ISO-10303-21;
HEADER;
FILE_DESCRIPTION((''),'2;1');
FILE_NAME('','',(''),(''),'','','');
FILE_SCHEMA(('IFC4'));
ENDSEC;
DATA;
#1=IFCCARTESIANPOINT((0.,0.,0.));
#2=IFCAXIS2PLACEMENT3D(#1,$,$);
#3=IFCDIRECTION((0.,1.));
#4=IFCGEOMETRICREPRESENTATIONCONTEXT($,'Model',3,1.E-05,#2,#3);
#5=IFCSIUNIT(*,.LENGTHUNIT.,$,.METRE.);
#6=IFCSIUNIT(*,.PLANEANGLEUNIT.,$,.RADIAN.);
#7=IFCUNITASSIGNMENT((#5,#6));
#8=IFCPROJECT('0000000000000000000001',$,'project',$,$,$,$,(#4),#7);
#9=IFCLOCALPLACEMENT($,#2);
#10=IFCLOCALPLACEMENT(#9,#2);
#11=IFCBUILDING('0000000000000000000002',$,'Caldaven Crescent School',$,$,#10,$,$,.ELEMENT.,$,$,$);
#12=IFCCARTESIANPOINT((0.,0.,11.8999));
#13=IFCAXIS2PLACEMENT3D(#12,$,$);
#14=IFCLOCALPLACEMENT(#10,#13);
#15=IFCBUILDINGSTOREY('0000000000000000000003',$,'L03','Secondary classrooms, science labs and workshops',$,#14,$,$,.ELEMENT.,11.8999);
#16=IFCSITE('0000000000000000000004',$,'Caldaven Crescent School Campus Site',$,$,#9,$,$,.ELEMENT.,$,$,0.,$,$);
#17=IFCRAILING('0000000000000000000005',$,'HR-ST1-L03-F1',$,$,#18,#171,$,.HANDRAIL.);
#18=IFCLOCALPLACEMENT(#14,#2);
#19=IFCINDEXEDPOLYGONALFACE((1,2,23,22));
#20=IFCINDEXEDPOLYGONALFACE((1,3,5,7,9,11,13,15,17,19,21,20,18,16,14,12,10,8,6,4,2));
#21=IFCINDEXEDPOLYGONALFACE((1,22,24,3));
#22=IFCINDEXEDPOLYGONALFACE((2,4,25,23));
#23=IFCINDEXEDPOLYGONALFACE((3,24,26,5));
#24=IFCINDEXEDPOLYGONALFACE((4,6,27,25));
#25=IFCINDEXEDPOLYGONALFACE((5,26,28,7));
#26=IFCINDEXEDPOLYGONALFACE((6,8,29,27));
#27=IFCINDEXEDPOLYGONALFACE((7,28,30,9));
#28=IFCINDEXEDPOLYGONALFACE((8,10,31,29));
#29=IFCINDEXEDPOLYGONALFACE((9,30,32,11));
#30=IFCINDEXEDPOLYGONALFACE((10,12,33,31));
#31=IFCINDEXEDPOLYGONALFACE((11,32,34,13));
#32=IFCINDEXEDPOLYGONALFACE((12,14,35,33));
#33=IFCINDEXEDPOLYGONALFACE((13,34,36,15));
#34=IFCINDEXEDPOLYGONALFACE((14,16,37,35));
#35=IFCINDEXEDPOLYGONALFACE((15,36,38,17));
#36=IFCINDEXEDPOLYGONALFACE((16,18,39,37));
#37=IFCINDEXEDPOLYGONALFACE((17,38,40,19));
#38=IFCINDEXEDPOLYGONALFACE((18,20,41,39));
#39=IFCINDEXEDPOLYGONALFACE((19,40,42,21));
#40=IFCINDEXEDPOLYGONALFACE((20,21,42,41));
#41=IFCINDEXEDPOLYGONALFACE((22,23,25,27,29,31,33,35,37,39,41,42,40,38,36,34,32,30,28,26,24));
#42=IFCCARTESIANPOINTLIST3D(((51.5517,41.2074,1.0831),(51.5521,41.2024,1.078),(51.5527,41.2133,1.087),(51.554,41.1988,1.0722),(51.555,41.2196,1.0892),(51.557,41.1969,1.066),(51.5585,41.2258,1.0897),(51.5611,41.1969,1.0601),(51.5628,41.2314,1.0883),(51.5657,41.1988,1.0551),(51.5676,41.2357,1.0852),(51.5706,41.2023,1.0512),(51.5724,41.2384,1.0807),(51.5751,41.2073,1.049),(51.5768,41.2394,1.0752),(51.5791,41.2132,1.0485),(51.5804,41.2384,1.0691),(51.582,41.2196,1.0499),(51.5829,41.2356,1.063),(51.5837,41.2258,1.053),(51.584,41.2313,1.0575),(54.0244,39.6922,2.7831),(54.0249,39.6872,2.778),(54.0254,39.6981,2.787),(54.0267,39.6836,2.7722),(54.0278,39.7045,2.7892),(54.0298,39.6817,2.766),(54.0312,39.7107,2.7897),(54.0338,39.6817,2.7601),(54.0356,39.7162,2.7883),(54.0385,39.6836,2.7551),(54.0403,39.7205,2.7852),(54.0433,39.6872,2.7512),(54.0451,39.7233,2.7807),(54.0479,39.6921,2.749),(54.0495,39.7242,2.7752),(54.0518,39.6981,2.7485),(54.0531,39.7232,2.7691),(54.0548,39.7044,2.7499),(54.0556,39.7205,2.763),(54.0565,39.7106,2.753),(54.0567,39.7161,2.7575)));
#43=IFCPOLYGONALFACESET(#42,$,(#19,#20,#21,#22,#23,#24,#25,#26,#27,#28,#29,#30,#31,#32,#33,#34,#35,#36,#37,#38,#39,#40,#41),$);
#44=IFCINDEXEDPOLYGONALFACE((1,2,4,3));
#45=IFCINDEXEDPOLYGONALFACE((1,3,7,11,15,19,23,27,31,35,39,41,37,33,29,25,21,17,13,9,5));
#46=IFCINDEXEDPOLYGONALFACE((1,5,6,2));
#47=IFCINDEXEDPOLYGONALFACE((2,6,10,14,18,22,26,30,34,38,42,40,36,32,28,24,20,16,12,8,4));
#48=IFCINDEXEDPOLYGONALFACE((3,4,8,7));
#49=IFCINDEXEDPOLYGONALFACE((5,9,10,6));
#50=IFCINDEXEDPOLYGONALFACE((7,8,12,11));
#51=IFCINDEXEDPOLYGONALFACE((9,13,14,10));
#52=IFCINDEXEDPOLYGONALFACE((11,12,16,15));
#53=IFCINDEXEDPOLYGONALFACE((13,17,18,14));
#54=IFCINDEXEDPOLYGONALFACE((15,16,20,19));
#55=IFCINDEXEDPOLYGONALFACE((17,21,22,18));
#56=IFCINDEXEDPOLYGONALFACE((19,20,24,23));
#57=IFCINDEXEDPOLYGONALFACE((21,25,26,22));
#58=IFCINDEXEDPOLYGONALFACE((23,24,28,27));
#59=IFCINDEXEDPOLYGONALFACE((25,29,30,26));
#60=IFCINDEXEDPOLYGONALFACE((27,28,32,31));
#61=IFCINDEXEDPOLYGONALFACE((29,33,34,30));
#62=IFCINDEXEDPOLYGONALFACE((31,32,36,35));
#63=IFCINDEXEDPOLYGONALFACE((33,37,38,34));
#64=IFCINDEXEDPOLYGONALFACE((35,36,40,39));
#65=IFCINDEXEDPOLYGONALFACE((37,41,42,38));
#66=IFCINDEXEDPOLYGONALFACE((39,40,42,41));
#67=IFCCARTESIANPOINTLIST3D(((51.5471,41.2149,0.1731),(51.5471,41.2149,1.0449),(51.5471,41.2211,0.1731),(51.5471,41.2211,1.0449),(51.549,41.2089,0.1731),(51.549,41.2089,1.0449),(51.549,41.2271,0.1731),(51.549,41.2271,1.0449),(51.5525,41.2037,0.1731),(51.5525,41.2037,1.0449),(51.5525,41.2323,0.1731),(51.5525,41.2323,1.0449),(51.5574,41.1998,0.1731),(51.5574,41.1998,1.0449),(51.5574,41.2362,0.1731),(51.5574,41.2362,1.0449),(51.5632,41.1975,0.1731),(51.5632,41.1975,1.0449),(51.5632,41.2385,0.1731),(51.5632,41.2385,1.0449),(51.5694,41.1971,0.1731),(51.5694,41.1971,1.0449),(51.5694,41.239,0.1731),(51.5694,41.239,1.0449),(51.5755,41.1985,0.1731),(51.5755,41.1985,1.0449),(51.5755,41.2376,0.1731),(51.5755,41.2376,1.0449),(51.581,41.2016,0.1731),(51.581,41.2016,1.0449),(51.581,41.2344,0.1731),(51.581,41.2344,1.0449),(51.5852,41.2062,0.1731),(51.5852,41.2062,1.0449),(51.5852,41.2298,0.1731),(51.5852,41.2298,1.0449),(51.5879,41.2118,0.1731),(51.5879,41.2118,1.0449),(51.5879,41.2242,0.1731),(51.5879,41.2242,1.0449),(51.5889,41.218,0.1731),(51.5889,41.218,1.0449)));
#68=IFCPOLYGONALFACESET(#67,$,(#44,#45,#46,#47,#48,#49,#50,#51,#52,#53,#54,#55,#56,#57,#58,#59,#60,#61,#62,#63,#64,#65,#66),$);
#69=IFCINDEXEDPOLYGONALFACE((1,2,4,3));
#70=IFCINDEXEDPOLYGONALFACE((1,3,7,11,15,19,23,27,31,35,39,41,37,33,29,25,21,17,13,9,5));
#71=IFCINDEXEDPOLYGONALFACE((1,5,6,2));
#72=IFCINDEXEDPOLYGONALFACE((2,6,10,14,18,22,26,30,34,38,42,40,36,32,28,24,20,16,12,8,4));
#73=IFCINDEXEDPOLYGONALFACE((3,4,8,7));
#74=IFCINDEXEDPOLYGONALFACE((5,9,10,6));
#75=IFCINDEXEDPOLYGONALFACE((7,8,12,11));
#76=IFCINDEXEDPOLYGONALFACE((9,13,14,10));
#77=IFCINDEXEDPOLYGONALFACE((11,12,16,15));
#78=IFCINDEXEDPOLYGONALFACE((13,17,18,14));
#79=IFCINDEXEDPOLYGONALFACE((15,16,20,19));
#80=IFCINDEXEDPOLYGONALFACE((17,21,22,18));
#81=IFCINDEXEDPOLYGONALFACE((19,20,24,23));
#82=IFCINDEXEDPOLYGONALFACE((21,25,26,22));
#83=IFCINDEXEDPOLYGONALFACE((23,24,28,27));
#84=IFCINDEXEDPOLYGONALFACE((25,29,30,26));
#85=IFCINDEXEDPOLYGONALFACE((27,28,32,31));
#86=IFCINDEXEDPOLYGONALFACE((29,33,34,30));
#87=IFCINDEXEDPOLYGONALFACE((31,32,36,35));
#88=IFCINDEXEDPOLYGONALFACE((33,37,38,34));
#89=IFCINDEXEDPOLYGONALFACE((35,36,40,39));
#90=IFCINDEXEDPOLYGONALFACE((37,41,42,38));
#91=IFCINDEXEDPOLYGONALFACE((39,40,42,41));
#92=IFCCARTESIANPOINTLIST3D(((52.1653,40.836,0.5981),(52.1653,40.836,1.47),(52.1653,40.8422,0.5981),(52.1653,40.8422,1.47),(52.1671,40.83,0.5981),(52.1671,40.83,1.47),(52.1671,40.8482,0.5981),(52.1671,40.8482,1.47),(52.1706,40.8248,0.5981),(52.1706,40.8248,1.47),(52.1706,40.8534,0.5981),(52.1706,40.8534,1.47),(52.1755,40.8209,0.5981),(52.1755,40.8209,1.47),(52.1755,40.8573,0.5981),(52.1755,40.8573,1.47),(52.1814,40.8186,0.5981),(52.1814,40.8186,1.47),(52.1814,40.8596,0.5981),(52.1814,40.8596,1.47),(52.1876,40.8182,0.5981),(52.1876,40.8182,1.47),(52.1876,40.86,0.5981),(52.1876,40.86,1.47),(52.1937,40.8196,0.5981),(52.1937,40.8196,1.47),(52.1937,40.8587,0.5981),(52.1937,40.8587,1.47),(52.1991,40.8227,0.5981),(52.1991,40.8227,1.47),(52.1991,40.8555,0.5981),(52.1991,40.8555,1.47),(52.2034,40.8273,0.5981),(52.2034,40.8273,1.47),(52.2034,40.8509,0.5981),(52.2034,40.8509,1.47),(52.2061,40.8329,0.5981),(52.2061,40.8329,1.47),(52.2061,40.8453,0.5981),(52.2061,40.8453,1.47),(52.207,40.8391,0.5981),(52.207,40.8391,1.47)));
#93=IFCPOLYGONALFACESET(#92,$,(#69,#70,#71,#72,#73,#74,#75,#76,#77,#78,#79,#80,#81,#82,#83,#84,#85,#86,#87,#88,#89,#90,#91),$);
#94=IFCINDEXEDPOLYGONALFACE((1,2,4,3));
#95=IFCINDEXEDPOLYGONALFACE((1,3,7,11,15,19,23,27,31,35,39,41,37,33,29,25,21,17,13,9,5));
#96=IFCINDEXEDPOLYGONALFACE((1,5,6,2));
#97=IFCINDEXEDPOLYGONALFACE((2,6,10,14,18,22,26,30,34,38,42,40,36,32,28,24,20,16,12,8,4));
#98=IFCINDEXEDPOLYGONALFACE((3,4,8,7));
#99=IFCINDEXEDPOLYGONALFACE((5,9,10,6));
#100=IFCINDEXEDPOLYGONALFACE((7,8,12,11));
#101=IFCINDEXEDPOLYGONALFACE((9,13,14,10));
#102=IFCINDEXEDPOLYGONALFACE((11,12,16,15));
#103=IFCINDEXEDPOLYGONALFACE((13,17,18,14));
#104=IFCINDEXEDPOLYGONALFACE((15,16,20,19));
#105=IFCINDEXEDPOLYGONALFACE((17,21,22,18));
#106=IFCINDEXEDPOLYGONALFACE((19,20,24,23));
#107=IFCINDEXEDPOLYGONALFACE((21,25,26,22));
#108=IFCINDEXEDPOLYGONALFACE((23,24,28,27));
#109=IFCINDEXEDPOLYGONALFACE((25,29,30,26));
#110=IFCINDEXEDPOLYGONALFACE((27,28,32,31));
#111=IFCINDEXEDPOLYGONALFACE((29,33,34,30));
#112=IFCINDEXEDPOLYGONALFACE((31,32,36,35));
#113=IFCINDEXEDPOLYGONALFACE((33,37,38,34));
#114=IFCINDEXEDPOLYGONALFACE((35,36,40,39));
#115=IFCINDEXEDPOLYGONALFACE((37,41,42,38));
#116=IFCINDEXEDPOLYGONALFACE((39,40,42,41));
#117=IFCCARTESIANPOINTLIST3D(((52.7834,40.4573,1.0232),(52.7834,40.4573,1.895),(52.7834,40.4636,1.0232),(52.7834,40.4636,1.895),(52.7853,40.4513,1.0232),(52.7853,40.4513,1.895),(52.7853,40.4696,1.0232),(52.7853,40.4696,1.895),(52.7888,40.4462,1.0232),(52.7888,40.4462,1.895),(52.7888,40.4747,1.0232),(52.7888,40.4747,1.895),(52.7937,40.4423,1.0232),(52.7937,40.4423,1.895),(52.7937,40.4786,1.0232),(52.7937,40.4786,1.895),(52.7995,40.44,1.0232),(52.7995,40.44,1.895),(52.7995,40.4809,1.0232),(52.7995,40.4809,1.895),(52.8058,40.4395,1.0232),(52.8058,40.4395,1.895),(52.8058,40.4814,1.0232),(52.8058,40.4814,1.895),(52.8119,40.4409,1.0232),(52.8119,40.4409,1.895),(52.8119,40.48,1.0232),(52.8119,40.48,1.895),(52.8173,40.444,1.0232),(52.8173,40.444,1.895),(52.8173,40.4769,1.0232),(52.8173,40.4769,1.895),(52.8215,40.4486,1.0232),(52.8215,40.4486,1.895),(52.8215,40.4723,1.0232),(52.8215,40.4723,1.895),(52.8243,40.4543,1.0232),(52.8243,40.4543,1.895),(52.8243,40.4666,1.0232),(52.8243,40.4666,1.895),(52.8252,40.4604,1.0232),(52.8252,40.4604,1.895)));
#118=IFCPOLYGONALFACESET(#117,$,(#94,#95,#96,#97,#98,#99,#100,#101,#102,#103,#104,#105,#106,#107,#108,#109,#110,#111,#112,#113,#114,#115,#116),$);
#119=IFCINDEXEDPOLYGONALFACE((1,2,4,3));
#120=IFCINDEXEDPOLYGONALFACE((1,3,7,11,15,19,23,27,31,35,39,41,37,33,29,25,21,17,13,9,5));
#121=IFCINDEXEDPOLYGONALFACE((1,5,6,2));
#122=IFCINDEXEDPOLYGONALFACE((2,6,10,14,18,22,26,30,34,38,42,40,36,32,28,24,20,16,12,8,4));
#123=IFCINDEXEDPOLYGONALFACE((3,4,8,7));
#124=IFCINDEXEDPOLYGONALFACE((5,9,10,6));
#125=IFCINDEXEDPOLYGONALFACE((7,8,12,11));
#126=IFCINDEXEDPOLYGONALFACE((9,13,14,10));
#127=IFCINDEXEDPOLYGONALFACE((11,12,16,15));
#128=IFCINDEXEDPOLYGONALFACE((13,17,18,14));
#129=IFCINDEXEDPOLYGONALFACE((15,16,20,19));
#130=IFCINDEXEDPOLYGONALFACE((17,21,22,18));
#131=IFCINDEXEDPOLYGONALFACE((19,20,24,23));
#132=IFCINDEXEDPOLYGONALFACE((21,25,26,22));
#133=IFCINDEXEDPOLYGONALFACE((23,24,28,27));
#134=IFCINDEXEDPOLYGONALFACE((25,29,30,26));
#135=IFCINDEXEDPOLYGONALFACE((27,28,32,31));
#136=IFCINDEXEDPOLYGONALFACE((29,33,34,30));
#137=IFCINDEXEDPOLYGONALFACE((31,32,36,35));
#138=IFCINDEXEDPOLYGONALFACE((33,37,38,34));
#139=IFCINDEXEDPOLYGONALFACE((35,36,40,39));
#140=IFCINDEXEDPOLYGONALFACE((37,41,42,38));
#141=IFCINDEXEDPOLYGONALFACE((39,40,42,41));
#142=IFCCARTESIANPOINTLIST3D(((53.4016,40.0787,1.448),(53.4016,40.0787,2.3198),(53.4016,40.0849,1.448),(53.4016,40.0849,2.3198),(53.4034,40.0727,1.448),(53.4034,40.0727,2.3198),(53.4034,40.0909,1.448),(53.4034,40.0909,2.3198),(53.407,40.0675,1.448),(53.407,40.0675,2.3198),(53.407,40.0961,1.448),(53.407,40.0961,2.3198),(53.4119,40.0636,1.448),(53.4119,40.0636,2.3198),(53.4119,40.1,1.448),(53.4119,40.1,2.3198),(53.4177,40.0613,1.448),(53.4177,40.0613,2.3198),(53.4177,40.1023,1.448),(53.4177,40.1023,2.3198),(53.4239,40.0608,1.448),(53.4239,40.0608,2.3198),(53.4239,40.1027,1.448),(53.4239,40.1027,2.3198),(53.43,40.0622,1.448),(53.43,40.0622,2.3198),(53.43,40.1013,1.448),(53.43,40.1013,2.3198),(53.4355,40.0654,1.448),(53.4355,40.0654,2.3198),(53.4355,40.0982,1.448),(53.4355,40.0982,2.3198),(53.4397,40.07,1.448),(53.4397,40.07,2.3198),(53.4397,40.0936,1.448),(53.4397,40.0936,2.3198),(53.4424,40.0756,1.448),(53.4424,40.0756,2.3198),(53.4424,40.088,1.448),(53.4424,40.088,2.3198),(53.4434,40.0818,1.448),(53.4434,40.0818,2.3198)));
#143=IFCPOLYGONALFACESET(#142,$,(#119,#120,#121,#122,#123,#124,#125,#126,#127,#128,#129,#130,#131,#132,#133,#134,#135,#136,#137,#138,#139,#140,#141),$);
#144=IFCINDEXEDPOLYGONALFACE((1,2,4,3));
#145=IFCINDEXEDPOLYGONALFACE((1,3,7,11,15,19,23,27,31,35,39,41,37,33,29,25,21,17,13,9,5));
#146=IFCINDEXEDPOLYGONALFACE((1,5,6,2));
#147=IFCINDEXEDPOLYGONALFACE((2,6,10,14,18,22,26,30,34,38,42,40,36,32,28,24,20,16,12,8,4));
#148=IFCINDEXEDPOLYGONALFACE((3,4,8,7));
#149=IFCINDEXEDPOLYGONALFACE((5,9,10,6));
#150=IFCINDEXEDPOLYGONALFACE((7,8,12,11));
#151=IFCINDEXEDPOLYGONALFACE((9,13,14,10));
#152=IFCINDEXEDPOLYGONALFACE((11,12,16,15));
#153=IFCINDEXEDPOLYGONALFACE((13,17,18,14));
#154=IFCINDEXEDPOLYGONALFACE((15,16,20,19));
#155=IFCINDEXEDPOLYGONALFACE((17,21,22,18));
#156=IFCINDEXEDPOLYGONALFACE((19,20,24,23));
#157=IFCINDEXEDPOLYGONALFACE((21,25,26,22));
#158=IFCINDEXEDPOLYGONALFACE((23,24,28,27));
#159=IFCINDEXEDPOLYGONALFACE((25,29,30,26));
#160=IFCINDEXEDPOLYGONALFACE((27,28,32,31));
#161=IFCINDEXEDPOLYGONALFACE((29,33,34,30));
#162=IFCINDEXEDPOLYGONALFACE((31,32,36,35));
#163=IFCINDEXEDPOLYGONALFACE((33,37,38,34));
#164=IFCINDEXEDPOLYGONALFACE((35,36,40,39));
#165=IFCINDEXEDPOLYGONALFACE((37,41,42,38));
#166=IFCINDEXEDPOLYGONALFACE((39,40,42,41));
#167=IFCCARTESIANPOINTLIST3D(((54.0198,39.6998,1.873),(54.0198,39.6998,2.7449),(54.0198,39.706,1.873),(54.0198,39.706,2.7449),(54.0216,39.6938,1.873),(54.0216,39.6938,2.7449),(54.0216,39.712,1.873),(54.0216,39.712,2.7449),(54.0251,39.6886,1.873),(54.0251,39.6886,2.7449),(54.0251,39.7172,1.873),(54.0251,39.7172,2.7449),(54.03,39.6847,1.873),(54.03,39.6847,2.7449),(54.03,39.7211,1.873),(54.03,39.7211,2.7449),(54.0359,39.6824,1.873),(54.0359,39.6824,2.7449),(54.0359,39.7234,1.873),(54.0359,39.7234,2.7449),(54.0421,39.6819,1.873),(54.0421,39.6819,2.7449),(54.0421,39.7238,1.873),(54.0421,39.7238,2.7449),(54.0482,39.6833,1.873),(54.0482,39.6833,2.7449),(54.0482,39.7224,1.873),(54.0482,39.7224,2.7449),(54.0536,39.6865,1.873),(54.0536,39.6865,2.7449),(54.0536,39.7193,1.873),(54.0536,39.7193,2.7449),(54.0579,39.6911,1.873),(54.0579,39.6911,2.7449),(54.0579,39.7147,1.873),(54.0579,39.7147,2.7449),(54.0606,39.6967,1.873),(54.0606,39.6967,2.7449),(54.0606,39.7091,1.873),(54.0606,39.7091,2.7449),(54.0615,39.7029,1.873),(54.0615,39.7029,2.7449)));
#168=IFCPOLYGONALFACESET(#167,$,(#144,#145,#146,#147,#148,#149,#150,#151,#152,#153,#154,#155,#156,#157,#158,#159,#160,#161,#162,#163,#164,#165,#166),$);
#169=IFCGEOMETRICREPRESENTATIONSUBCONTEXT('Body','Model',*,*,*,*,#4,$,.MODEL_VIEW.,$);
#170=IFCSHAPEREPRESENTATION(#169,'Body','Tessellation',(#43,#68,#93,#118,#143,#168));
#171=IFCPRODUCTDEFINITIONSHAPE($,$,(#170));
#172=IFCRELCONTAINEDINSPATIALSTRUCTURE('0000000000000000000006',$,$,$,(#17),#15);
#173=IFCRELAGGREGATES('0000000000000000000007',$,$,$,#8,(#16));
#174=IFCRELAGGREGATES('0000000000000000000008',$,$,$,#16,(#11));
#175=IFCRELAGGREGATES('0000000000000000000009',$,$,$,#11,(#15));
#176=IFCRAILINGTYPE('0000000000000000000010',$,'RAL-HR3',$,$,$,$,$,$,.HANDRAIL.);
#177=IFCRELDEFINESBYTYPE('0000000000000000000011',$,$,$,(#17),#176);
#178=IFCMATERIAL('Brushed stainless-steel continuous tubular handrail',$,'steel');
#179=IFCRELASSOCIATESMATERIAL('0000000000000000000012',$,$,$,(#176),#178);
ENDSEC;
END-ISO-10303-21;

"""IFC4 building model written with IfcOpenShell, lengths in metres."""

from ifc_helpers import new_model, si_unit, direction, frame, origin, origin_2d, place, context, subcontext, project, spatial, circle, extrude, material, type_object, element, save


model = new_model("IFC4")

# Units and contexts
model_context = context("Model", 3, precision=1e-05, world=origin(), true_north=direction((0.0, 1.0)))
body_context = subcontext(model_context, "Body", "Model", "MODEL_VIEW")
ifc_project = project(units=[si_unit("LENGTHUNIT", "METRE"), si_unit("PLANEANGLEUNIT", "RADIAN")], contexts=[model_context])

# Site, building, storey
site_placement = place(None, origin())
site = spatial("IfcSite", under=ifc_project, at=site_placement, Name="Caldaven Crescent School Campus Site", CompositionType="ELEMENT", RefElevation=0.0)
building_placement = place(site_placement, origin())
building = spatial("IfcBuilding", under=site, at=building_placement, Name="Caldaven Crescent School", CompositionType="ELEMENT")
storey_placement = place(building_placement, frame((0.0, 0.0, 11.8999)))
storey = spatial("IfcBuildingStorey", under=building, at=storey_placement, Name="L03", Description="Secondary classrooms, science labs and workshops", CompositionType="ELEMENT", Elevation=11.8999)

# Railing
ifc_material_1 = material(Name="Brushed stainless-steel continuous tubular handrail", Category="steel")
railing_type = type_object("IfcRailingType", Name="RAL-HR3", PredefinedType="HANDRAIL", material=ifc_material_1)
railing_placement = place(storey_placement, frame((51.5679, 41.218, 0.1731)))
element("IfcRailing", 1, at=railing_placement, inside=storey, type_object=railing_type, Name="HR-ST1-L03-F1", PredefinedType="HANDRAIL", context=body_context, shape_type="SweptSolid", body=[
    extrude(circle(Radius=0.0239, at=origin_2d()), frame((0.0, 0.0, 0.896), z_axis=(0.735587, -0.450736, 0.505716), x_axis=(0.522471, 0.852657, 0.0)), (0.0, 0.0, 1.0), 3.3616),
    extrude(circle(Radius=0.021, at=origin_2d()), origin(), (0.0, 0.0, 1.0), 0.8718),
    extrude(circle(Radius=0.021, at=origin_2d()), frame((0.6182, -0.3789, 0.425)), (0.0, 0.0, 1.0), 0.8718),
    extrude(circle(Radius=0.021, at=origin_2d()), frame((1.2363, -0.7576, 0.8501)), (0.0, 0.0, 1.0), 0.8718),
    extrude(circle(Radius=0.021, at=origin_2d()), frame((1.8545, -1.1362, 1.2749)), (0.0, 0.0, 1.0), 0.8718),
    extrude(circle(Radius=0.021, at=origin_2d()), frame((2.4727, -1.5151, 1.7)), (0.0, 0.0, 1.0), 0.8718),
])

save(model, "model.ifc")
